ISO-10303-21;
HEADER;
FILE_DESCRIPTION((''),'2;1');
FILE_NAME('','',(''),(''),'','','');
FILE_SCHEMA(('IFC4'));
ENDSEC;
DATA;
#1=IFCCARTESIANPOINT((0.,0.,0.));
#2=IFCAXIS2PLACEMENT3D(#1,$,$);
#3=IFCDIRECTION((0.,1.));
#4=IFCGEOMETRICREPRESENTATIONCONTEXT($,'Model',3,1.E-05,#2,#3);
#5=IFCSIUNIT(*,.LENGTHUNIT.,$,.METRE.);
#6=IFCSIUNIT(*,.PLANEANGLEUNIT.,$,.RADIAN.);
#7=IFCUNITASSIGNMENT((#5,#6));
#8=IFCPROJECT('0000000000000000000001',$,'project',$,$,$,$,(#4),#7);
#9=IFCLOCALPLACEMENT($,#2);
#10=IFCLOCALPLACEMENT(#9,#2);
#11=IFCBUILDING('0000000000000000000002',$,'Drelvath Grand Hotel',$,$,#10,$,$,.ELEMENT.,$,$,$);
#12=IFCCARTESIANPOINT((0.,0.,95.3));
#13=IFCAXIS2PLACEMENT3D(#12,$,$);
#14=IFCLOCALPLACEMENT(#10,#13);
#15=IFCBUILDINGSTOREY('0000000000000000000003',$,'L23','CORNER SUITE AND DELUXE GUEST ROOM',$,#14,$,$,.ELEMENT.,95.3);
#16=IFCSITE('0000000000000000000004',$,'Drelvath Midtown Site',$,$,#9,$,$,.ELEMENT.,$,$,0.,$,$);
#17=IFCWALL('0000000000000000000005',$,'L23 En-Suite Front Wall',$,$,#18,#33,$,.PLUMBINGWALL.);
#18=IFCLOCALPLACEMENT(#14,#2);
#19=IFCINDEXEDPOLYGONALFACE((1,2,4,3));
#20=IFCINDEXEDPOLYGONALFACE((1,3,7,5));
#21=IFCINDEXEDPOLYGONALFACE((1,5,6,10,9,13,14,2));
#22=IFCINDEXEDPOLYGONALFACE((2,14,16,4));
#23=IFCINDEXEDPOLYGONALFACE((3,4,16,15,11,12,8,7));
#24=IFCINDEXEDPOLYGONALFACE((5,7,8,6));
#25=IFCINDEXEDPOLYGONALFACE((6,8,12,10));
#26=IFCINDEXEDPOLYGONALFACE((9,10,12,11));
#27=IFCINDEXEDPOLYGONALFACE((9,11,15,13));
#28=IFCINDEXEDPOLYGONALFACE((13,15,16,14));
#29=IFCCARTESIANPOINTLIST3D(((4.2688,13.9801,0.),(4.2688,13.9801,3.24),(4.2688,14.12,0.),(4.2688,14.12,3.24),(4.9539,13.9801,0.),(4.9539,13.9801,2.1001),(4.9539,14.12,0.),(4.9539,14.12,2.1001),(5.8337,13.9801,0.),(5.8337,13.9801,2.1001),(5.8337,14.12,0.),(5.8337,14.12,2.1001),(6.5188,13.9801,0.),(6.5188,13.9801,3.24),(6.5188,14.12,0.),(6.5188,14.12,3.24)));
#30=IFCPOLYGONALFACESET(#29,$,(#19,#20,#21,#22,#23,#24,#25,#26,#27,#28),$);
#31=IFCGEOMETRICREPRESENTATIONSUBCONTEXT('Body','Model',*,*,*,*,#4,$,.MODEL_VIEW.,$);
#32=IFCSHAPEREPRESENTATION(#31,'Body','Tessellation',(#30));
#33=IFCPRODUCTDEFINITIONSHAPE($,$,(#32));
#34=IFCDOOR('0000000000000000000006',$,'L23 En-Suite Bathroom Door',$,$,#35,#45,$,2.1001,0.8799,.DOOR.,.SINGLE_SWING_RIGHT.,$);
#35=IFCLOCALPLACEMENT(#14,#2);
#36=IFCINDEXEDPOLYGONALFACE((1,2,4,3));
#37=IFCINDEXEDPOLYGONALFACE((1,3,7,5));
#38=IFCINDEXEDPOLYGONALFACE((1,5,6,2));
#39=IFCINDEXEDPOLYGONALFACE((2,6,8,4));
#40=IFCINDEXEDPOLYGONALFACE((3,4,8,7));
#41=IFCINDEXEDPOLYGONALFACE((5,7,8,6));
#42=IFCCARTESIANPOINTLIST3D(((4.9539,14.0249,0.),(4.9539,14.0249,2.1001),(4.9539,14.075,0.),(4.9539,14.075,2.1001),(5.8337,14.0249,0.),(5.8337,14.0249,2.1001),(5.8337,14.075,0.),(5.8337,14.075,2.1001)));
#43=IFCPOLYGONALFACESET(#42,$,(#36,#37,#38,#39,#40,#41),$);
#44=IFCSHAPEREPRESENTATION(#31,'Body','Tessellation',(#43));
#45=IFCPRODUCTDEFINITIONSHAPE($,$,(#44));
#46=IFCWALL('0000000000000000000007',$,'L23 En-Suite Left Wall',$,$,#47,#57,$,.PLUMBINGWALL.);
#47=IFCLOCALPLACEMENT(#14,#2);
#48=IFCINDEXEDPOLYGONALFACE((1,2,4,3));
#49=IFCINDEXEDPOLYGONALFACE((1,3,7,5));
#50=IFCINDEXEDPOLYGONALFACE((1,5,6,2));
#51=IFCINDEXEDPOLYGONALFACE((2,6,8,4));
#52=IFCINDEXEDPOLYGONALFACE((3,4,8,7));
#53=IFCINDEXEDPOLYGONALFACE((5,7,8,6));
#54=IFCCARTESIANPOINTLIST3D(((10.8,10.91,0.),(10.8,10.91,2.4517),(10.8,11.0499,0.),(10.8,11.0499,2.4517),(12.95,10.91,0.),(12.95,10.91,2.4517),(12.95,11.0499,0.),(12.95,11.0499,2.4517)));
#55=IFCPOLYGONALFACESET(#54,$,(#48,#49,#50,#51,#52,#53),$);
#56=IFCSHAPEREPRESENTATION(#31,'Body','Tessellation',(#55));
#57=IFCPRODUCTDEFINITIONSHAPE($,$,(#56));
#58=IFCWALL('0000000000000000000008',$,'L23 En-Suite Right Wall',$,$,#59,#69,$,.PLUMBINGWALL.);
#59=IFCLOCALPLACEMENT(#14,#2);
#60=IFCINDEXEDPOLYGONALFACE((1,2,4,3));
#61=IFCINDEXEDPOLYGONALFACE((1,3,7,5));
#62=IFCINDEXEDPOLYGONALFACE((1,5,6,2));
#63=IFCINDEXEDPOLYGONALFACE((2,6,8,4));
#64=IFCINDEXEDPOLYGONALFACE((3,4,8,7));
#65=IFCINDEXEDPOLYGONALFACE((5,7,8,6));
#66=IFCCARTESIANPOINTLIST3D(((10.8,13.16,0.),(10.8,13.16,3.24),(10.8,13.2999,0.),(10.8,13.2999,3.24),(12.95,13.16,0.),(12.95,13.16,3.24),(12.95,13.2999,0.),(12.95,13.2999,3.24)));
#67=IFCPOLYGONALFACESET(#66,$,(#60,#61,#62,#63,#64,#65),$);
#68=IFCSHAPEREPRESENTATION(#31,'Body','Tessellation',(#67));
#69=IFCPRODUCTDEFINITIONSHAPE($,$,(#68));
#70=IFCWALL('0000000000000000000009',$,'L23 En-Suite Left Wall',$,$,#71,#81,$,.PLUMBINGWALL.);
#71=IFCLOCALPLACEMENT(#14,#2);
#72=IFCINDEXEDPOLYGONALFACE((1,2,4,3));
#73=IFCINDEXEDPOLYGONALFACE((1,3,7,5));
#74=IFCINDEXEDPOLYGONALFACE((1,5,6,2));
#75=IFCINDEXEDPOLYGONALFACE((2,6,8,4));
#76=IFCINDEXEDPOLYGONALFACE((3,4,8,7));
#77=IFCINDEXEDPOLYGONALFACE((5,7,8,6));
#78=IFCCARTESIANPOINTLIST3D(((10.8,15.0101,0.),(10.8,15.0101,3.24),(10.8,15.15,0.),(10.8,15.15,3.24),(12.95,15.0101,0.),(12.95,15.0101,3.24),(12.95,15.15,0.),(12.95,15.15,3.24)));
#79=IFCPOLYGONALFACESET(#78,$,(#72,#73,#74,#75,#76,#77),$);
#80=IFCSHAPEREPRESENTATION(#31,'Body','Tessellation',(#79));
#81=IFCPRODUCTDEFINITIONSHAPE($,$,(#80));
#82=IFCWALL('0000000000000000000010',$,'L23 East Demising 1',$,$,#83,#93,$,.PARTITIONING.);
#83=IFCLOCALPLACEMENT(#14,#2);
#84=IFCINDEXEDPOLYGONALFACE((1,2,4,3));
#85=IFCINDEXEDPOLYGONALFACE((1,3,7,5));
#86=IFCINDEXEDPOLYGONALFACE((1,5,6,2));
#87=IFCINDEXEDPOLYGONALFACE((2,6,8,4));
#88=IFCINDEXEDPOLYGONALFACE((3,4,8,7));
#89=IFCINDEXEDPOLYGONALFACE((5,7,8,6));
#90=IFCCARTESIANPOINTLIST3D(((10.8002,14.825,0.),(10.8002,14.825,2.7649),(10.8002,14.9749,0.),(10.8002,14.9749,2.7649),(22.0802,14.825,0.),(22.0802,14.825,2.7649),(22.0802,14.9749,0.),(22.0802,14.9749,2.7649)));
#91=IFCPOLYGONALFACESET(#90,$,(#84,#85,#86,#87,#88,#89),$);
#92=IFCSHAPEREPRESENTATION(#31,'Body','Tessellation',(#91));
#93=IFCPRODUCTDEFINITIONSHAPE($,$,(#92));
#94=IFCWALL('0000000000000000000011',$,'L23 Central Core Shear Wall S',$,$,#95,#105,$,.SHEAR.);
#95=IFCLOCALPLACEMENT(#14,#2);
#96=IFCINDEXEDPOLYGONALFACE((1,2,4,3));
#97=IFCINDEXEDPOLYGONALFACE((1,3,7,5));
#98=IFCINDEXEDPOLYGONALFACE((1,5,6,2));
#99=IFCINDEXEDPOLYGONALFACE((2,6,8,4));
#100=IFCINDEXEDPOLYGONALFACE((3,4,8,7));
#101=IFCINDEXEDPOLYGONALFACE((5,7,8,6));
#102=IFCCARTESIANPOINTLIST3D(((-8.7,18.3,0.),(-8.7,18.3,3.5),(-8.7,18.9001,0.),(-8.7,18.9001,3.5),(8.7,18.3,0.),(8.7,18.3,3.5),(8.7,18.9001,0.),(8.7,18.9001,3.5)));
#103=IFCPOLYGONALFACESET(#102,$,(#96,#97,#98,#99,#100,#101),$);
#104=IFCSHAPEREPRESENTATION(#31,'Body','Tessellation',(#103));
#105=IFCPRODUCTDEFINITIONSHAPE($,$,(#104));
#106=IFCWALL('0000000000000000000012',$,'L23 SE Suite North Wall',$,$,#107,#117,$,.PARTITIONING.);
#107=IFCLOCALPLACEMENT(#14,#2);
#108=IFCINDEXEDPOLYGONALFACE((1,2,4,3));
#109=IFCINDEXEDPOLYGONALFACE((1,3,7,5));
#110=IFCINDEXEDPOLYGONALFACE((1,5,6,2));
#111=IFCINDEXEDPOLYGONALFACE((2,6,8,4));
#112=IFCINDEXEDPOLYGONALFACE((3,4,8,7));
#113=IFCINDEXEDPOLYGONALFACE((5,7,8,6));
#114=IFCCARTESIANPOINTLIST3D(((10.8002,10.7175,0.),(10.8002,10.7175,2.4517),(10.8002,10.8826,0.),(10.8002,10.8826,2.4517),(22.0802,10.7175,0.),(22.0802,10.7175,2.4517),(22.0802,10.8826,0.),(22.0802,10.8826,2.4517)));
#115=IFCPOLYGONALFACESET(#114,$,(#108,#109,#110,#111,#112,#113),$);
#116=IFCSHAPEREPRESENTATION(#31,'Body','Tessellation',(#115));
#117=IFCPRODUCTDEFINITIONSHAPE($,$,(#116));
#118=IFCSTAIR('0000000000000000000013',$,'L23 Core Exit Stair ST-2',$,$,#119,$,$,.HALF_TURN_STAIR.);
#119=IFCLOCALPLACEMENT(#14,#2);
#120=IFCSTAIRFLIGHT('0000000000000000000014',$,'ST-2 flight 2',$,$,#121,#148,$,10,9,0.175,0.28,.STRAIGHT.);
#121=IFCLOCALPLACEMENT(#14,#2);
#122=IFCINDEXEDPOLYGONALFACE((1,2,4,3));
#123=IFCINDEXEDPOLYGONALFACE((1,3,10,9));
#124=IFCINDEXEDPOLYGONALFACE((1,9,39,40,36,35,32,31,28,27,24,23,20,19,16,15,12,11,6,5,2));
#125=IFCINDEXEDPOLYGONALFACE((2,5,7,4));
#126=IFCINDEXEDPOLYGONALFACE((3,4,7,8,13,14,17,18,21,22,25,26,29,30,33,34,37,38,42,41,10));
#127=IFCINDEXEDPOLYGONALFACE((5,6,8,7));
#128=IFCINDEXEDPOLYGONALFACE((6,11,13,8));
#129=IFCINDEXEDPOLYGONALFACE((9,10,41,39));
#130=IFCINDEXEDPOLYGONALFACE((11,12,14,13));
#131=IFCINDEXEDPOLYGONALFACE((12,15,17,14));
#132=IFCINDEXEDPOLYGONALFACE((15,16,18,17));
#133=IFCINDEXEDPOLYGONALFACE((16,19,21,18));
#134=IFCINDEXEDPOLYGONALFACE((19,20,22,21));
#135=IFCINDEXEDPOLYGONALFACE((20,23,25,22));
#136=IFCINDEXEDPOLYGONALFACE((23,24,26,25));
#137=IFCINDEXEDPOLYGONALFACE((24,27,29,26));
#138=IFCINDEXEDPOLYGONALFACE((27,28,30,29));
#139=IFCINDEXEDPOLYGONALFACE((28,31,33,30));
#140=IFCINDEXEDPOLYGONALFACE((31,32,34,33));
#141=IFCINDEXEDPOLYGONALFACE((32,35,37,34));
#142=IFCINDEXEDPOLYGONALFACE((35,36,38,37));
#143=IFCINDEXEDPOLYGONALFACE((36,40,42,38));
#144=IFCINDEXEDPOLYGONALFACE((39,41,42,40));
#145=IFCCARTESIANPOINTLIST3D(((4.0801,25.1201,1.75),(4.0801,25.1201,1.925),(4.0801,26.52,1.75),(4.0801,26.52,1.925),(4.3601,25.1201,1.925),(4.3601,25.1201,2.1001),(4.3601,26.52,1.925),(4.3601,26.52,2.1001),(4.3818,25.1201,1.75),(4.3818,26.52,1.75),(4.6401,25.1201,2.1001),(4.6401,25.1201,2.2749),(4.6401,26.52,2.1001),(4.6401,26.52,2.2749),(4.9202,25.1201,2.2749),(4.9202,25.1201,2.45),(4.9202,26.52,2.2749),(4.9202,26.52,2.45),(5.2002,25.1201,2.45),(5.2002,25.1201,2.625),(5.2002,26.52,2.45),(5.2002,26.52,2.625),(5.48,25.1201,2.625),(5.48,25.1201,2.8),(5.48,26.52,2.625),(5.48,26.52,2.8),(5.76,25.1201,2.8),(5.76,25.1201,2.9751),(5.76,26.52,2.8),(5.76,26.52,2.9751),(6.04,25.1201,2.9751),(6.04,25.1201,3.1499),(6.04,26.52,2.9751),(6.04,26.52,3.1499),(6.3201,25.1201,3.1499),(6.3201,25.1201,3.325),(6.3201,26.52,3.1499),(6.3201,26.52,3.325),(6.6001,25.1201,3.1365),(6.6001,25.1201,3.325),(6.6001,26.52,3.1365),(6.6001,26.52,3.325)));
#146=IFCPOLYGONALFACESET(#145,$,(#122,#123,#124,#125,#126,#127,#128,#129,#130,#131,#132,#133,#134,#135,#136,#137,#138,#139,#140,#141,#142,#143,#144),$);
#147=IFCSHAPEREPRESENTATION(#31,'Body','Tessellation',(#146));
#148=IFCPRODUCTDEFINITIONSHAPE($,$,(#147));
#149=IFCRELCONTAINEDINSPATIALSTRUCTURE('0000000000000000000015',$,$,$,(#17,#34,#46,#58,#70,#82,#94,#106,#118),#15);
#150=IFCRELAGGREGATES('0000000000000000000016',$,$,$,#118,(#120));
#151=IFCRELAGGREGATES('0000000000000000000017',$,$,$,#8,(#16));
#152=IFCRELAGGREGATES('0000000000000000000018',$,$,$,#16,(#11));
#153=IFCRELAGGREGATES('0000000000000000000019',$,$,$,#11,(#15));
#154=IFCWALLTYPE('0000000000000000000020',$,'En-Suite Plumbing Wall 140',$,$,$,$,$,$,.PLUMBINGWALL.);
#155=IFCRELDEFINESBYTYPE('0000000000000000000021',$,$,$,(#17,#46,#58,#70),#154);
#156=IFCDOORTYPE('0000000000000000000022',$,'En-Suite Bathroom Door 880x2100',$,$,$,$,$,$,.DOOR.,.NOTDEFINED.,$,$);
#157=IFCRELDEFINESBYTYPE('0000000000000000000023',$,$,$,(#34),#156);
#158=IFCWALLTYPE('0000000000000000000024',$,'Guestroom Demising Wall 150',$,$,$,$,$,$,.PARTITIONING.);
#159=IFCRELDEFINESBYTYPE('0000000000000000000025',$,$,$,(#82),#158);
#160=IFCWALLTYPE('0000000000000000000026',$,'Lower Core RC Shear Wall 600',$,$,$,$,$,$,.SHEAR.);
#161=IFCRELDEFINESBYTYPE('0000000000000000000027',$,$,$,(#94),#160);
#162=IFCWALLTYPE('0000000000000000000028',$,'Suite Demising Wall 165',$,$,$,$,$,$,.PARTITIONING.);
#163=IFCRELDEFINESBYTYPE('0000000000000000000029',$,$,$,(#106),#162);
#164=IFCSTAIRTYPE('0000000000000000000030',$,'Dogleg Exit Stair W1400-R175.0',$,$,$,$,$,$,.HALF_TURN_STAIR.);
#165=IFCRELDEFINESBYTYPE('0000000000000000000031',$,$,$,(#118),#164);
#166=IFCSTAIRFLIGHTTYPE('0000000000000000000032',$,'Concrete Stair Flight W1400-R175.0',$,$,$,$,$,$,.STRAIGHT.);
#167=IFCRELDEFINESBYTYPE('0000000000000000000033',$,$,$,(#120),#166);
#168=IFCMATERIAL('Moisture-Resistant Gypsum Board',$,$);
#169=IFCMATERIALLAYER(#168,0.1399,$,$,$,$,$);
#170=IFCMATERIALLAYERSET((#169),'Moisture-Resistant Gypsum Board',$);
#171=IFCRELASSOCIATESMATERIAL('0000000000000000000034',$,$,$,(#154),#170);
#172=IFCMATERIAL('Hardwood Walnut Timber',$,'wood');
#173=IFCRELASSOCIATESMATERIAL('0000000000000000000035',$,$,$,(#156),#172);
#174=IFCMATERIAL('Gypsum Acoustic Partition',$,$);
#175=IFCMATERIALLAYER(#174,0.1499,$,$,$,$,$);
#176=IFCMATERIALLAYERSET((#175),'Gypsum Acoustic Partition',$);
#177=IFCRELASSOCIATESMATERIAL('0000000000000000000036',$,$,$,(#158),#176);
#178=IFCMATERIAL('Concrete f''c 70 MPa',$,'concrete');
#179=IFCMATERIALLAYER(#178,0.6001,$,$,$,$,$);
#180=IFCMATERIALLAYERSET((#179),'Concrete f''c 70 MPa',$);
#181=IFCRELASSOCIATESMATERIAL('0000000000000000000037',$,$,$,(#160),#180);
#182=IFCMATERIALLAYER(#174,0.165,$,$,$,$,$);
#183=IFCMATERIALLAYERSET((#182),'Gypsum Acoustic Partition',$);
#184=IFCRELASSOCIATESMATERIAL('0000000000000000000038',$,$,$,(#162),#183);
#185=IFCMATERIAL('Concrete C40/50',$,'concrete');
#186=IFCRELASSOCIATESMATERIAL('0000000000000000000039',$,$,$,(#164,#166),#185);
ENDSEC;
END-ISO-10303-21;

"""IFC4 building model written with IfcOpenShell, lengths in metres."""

from ifc_helpers import new_model, si_unit, direction, frame, frame_2d, origin, place, context, subcontext, project, spatial, polyline, rectangle, outline, extrude, material, layer, layer_set, type_object, element, fill, aggregate, save


model = new_model("IFC4")

# Units and contexts
model_context = context("Model", 3, precision=1e-05, world=origin(), true_north=direction((0.0, 1.0)))
body_context = subcontext(model_context, "Body", "Model", "MODEL_VIEW")
ifc_project = project(units=[si_unit("LENGTHUNIT", "METRE"), si_unit("PLANEANGLEUNIT", "RADIAN")], contexts=[model_context])

# Site, building, storey
site_placement = place(None, origin())
site = spatial("IfcSite", under=ifc_project, at=site_placement, Name="Drelvath Midtown Site", CompositionType="ELEMENT", RefElevation=0.0)
building_placement = place(site_placement, origin())
building = spatial("IfcBuilding", under=site, at=building_placement, Name="Drelvath Grand Hotel", CompositionType="ELEMENT")
storey_placement = place(building_placement, frame((0.0, 0.0, 95.3)))
storey = spatial("IfcBuildingStorey", under=building, at=storey_placement, Name="L23", Description="CORNER SUITE AND DELUXE GUEST ROOM", CompositionType="ELEMENT", Elevation=95.3)

# Shared definitions
ifc_material_1 = material(Name="Concrete f'c 70 MPa", Category="concrete")

# Shared definitions
ifc_material_2 = material(Name="Concrete C40/50", Category="concrete")

# Shared definitions
ifc_material_3 = material(Name="Moisture-Resistant Gypsum Board")
ifc_layer_1 = layer(ifc_material_3, 0.1399)
ifc_layer_set_1 = layer_set([ifc_layer_1], Name="Moisture-Resistant Gypsum Board")
wall_type_1 = type_object("IfcWallType", Name="En-Suite Plumbing Wall 140", PredefinedType="PLUMBINGWALL", material=ifc_layer_set_1)

# Wall, opening, door
wall_1_placement = place(storey_placement, frame((4.2688, 14.05, 0.0), z_axis=(0.0, 0.0, 1.0), x_axis=(1.0, 0.0, 0.0)))
wall_1 = element("IfcWall", 1, at=wall_1_placement, inside=storey, type_object=wall_type_1, Name="L23 En-Suite Front Wall", PredefinedType="PLUMBINGWALL", context=body_context, shape_type="SweptSolid", body=[
    extrude(rectangle(XDim=2.25, YDim=0.1399, at=frame_2d((1.125, 0.0))), origin(), (0.0, 0.0, 1.0), 3.24),
])
opening_1_placement = place(wall_1_placement, frame((0.6851, 0.0, 0.0)))
opening_1 = element("IfcOpeningElement", 2, at=opening_1_placement, cuts=wall_1, PredefinedType="OPENING", context=body_context, shape_type="SweptSolid", body=[
    extrude(rectangle(XDim=0.8799, YDim=2.1001, at=frame_2d((0.4399, 1.05))), frame((0.0, 0.0798, 0.0), z_axis=(0.0, -1.0, 0.0), x_axis=(1.0, 0.0, 0.0)), (0.0, 0.0, 1.0), 0.1599),
])
ifc_material_4 = material(Name="Hardwood Walnut Timber", Category="wood")
door_type_1 = type_object("IfcDoorType", Name="En-Suite Bathroom Door 880x2100", OperationType="NOTDEFINED", PredefinedType="DOOR", material=ifc_material_4)
door_1_placement = place(opening_1_placement, origin())
door_1 = element("IfcDoor", 3, at=door_1_placement, inside=storey, type_object=door_type_1, Name="L23 En-Suite Bathroom Door", OperationType="SINGLE_SWING_RIGHT", OverallHeight=2.1001, OverallWidth=0.8799, PredefinedType="DOOR", context=body_context, shape_type="SweptSolid", body=[
    extrude(rectangle(XDim=0.8799, YDim=2.1001, at=frame_2d((0.4399, 1.05))), frame((0.0, 0.0249, 0.0), z_axis=(0.0, -1.0, 0.0), x_axis=(1.0, 0.0, 0.0)), (0.0, 0.0, 1.0), 0.05),
])
fill(opening_1, door_1)

# Walls
wall_2_placement = place(storey_placement, frame((10.8, 10.98, 0.0), z_axis=(0.0, 0.0, 1.0), x_axis=(1.0, 0.0, 0.0)))
element("IfcWall", 4, at=wall_2_placement, inside=storey, type_object=wall_type_1, Name="L23 En-Suite Left Wall", PredefinedType="PLUMBINGWALL", context=body_context, shape_type="SweptSolid", body=[
    extrude(rectangle(XDim=2.1499, YDim=0.1399, at=frame_2d((1.075, 0.0))), origin(), (0.0, 0.0, 1.0), 2.4517),
])
for number, where, z_axis, x_axis, name in (
    (5, (10.8, 13.23, 0.0), (0.0, 0.0, 1.0), (1.0, 0.0, 0.0), "L23 En-Suite Right Wall"),
    (6, (10.8, 15.0801, 0.0), (0.0, 0.0, 1.0), (1.0, 0.0, 0.0), "L23 En-Suite Left Wall"),
):
    element("IfcWall", number, at=place(storey_placement, frame(where, z_axis=z_axis, x_axis=x_axis)), inside=storey, type_object=wall_type_1, Name=name, PredefinedType="PLUMBINGWALL", context=body_context, shape_type="SweptSolid", body=[
        extrude(rectangle(XDim=2.1499, YDim=0.1399, at=frame_2d((1.075, 0.0))), origin(), (0.0, 0.0, 1.0), 3.24),
    ])
ifc_material_5 = material(Name="Gypsum Acoustic Partition")
ifc_layer_2 = layer(ifc_material_5, 0.1499)
ifc_layer_set_2 = layer_set([ifc_layer_2], Name="Gypsum Acoustic Partition")
wall_type_2 = type_object("IfcWallType", Name="Guestroom Demising Wall 150", PredefinedType="PARTITIONING", material=ifc_layer_set_2)
wall_3_placement = place(storey_placement, frame((10.8, 14.8999, 0.0), z_axis=(0.0, 0.0, 1.0), x_axis=(1.0, 0.0, 0.0)))
element("IfcWall", 7, at=wall_3_placement, inside=storey, type_object=wall_type_2, Name="L23 East Demising 1", PredefinedType="PARTITIONING", context=body_context, shape_type="SweptSolid", body=[
    extrude(rectangle(XDim=11.28, YDim=0.1499, at=frame_2d((5.6401, 0.0))), origin(), (0.0, 0.0, 1.0), 2.7649),
])
ifc_layer_3 = layer(ifc_material_1, 0.6001)
ifc_layer_set_3 = layer_set([ifc_layer_3], Name="Concrete f'c 70 MPa")
wall_type_3 = type_object("IfcWallType", Name="Lower Core RC Shear Wall 600", PredefinedType="SHEAR", material=ifc_layer_set_3)
wall_4_placement = place(storey_placement, frame((8.7, 18.6001, 0.0), z_axis=(0.0, 0.0, 1.0), x_axis=(-1.0, 0.0, 0.0)))
element("IfcWall", 8, at=wall_4_placement, inside=storey, type_object=wall_type_3, Name="L23 Central Core Shear Wall S", PredefinedType="SHEAR", context=body_context, shape_type="SweptSolid", body=[
    extrude(rectangle(XDim=17.3999, YDim=0.6001, at=frame_2d((8.7, 0.0))), origin(), (0.0, 0.0, 1.0), 3.5),
])
ifc_layer_4 = layer(ifc_material_5, 0.165)
ifc_layer_set_4 = layer_set([ifc_layer_4], Name="Gypsum Acoustic Partition")
wall_type_4 = type_object("IfcWallType", Name="Suite Demising Wall 165", PredefinedType="PARTITIONING", material=ifc_layer_set_4)
wall_5_placement = place(storey_placement, frame((10.8, 10.8, 0.0), z_axis=(0.0, 0.0, 1.0), x_axis=(1.0, 0.0, 0.0)))
element("IfcWall", 9, at=wall_5_placement, inside=storey, type_object=wall_type_4, Name="L23 SE Suite North Wall", PredefinedType="PARTITIONING", context=body_context, shape_type="SweptSolid", body=[
    extrude(rectangle(XDim=11.28, YDim=0.165, at=frame_2d((5.6401, 0.0))), origin(), (0.0, 0.0, 1.0), 2.4517),
])

# Stair, stair flight
stair_type = type_object("IfcStairType", Name="Dogleg Exit Stair W1400-R175.0", PredefinedType="HALF_TURN_STAIR", material=ifc_material_2)
stair_placement = place(storey_placement, origin())
stair = element("IfcStair", 10, at=stair_placement, inside=storey, type_object=stair_type, Name="L23 Core Exit Stair ST-2", PredefinedType="HALF_TURN_STAIR")
stair_flight_type = type_object("IfcStairFlightType", Name="Concrete Stair Flight W1400-R175.0", PredefinedType="STRAIGHT", material=ifc_material_2)
stair_flight_placement = place(storey_placement, frame((4.0801, 25.8201, 1.75), z_axis=(0.0, 0.0, 1.0), x_axis=(1.0, 0.0, 0.0)))
stair_flight = element("IfcStairFlight", 11, at=stair_flight_placement, type_object=stair_flight_type, Name="ST-2 flight 2", NumberOfRisers=10, NumberOfTreads=9, PredefinedType="STRAIGHT", RiserHeight=0.175, TreadLength=0.28, context=body_context, shape_type="SweptSolid", body=[
    extrude(outline(polyline([(0.0, 0.0), (0.0, 0.175), (0.28, 0.175), (0.28, 0.3501), (0.5601, 0.3501), (0.5601, 0.5249), (0.8401, 0.5249), (0.8401, 0.7), (1.1201, 0.7), (1.1201, 0.875), (1.3999, 0.875), (1.3999, 1.05), (1.6799, 1.05), (1.6799, 1.2251), (1.96, 1.2251), (1.96, 1.3999), (2.24, 1.3999), (2.24, 1.575), (2.52, 1.575), (2.52, 1.75), (2.52, 1.3865), (0.3018, 0.0), (0.0, 0.0)])), frame((0.0, 0.7, 0.0), z_axis=(0.0, -1.0, 0.0), x_axis=(1.0, 0.0, 0.0)), (0.0, 0.0, 1.0), 1.3999),
])
aggregate(stair, [stair_flight])

save(model, "model.ifc")
